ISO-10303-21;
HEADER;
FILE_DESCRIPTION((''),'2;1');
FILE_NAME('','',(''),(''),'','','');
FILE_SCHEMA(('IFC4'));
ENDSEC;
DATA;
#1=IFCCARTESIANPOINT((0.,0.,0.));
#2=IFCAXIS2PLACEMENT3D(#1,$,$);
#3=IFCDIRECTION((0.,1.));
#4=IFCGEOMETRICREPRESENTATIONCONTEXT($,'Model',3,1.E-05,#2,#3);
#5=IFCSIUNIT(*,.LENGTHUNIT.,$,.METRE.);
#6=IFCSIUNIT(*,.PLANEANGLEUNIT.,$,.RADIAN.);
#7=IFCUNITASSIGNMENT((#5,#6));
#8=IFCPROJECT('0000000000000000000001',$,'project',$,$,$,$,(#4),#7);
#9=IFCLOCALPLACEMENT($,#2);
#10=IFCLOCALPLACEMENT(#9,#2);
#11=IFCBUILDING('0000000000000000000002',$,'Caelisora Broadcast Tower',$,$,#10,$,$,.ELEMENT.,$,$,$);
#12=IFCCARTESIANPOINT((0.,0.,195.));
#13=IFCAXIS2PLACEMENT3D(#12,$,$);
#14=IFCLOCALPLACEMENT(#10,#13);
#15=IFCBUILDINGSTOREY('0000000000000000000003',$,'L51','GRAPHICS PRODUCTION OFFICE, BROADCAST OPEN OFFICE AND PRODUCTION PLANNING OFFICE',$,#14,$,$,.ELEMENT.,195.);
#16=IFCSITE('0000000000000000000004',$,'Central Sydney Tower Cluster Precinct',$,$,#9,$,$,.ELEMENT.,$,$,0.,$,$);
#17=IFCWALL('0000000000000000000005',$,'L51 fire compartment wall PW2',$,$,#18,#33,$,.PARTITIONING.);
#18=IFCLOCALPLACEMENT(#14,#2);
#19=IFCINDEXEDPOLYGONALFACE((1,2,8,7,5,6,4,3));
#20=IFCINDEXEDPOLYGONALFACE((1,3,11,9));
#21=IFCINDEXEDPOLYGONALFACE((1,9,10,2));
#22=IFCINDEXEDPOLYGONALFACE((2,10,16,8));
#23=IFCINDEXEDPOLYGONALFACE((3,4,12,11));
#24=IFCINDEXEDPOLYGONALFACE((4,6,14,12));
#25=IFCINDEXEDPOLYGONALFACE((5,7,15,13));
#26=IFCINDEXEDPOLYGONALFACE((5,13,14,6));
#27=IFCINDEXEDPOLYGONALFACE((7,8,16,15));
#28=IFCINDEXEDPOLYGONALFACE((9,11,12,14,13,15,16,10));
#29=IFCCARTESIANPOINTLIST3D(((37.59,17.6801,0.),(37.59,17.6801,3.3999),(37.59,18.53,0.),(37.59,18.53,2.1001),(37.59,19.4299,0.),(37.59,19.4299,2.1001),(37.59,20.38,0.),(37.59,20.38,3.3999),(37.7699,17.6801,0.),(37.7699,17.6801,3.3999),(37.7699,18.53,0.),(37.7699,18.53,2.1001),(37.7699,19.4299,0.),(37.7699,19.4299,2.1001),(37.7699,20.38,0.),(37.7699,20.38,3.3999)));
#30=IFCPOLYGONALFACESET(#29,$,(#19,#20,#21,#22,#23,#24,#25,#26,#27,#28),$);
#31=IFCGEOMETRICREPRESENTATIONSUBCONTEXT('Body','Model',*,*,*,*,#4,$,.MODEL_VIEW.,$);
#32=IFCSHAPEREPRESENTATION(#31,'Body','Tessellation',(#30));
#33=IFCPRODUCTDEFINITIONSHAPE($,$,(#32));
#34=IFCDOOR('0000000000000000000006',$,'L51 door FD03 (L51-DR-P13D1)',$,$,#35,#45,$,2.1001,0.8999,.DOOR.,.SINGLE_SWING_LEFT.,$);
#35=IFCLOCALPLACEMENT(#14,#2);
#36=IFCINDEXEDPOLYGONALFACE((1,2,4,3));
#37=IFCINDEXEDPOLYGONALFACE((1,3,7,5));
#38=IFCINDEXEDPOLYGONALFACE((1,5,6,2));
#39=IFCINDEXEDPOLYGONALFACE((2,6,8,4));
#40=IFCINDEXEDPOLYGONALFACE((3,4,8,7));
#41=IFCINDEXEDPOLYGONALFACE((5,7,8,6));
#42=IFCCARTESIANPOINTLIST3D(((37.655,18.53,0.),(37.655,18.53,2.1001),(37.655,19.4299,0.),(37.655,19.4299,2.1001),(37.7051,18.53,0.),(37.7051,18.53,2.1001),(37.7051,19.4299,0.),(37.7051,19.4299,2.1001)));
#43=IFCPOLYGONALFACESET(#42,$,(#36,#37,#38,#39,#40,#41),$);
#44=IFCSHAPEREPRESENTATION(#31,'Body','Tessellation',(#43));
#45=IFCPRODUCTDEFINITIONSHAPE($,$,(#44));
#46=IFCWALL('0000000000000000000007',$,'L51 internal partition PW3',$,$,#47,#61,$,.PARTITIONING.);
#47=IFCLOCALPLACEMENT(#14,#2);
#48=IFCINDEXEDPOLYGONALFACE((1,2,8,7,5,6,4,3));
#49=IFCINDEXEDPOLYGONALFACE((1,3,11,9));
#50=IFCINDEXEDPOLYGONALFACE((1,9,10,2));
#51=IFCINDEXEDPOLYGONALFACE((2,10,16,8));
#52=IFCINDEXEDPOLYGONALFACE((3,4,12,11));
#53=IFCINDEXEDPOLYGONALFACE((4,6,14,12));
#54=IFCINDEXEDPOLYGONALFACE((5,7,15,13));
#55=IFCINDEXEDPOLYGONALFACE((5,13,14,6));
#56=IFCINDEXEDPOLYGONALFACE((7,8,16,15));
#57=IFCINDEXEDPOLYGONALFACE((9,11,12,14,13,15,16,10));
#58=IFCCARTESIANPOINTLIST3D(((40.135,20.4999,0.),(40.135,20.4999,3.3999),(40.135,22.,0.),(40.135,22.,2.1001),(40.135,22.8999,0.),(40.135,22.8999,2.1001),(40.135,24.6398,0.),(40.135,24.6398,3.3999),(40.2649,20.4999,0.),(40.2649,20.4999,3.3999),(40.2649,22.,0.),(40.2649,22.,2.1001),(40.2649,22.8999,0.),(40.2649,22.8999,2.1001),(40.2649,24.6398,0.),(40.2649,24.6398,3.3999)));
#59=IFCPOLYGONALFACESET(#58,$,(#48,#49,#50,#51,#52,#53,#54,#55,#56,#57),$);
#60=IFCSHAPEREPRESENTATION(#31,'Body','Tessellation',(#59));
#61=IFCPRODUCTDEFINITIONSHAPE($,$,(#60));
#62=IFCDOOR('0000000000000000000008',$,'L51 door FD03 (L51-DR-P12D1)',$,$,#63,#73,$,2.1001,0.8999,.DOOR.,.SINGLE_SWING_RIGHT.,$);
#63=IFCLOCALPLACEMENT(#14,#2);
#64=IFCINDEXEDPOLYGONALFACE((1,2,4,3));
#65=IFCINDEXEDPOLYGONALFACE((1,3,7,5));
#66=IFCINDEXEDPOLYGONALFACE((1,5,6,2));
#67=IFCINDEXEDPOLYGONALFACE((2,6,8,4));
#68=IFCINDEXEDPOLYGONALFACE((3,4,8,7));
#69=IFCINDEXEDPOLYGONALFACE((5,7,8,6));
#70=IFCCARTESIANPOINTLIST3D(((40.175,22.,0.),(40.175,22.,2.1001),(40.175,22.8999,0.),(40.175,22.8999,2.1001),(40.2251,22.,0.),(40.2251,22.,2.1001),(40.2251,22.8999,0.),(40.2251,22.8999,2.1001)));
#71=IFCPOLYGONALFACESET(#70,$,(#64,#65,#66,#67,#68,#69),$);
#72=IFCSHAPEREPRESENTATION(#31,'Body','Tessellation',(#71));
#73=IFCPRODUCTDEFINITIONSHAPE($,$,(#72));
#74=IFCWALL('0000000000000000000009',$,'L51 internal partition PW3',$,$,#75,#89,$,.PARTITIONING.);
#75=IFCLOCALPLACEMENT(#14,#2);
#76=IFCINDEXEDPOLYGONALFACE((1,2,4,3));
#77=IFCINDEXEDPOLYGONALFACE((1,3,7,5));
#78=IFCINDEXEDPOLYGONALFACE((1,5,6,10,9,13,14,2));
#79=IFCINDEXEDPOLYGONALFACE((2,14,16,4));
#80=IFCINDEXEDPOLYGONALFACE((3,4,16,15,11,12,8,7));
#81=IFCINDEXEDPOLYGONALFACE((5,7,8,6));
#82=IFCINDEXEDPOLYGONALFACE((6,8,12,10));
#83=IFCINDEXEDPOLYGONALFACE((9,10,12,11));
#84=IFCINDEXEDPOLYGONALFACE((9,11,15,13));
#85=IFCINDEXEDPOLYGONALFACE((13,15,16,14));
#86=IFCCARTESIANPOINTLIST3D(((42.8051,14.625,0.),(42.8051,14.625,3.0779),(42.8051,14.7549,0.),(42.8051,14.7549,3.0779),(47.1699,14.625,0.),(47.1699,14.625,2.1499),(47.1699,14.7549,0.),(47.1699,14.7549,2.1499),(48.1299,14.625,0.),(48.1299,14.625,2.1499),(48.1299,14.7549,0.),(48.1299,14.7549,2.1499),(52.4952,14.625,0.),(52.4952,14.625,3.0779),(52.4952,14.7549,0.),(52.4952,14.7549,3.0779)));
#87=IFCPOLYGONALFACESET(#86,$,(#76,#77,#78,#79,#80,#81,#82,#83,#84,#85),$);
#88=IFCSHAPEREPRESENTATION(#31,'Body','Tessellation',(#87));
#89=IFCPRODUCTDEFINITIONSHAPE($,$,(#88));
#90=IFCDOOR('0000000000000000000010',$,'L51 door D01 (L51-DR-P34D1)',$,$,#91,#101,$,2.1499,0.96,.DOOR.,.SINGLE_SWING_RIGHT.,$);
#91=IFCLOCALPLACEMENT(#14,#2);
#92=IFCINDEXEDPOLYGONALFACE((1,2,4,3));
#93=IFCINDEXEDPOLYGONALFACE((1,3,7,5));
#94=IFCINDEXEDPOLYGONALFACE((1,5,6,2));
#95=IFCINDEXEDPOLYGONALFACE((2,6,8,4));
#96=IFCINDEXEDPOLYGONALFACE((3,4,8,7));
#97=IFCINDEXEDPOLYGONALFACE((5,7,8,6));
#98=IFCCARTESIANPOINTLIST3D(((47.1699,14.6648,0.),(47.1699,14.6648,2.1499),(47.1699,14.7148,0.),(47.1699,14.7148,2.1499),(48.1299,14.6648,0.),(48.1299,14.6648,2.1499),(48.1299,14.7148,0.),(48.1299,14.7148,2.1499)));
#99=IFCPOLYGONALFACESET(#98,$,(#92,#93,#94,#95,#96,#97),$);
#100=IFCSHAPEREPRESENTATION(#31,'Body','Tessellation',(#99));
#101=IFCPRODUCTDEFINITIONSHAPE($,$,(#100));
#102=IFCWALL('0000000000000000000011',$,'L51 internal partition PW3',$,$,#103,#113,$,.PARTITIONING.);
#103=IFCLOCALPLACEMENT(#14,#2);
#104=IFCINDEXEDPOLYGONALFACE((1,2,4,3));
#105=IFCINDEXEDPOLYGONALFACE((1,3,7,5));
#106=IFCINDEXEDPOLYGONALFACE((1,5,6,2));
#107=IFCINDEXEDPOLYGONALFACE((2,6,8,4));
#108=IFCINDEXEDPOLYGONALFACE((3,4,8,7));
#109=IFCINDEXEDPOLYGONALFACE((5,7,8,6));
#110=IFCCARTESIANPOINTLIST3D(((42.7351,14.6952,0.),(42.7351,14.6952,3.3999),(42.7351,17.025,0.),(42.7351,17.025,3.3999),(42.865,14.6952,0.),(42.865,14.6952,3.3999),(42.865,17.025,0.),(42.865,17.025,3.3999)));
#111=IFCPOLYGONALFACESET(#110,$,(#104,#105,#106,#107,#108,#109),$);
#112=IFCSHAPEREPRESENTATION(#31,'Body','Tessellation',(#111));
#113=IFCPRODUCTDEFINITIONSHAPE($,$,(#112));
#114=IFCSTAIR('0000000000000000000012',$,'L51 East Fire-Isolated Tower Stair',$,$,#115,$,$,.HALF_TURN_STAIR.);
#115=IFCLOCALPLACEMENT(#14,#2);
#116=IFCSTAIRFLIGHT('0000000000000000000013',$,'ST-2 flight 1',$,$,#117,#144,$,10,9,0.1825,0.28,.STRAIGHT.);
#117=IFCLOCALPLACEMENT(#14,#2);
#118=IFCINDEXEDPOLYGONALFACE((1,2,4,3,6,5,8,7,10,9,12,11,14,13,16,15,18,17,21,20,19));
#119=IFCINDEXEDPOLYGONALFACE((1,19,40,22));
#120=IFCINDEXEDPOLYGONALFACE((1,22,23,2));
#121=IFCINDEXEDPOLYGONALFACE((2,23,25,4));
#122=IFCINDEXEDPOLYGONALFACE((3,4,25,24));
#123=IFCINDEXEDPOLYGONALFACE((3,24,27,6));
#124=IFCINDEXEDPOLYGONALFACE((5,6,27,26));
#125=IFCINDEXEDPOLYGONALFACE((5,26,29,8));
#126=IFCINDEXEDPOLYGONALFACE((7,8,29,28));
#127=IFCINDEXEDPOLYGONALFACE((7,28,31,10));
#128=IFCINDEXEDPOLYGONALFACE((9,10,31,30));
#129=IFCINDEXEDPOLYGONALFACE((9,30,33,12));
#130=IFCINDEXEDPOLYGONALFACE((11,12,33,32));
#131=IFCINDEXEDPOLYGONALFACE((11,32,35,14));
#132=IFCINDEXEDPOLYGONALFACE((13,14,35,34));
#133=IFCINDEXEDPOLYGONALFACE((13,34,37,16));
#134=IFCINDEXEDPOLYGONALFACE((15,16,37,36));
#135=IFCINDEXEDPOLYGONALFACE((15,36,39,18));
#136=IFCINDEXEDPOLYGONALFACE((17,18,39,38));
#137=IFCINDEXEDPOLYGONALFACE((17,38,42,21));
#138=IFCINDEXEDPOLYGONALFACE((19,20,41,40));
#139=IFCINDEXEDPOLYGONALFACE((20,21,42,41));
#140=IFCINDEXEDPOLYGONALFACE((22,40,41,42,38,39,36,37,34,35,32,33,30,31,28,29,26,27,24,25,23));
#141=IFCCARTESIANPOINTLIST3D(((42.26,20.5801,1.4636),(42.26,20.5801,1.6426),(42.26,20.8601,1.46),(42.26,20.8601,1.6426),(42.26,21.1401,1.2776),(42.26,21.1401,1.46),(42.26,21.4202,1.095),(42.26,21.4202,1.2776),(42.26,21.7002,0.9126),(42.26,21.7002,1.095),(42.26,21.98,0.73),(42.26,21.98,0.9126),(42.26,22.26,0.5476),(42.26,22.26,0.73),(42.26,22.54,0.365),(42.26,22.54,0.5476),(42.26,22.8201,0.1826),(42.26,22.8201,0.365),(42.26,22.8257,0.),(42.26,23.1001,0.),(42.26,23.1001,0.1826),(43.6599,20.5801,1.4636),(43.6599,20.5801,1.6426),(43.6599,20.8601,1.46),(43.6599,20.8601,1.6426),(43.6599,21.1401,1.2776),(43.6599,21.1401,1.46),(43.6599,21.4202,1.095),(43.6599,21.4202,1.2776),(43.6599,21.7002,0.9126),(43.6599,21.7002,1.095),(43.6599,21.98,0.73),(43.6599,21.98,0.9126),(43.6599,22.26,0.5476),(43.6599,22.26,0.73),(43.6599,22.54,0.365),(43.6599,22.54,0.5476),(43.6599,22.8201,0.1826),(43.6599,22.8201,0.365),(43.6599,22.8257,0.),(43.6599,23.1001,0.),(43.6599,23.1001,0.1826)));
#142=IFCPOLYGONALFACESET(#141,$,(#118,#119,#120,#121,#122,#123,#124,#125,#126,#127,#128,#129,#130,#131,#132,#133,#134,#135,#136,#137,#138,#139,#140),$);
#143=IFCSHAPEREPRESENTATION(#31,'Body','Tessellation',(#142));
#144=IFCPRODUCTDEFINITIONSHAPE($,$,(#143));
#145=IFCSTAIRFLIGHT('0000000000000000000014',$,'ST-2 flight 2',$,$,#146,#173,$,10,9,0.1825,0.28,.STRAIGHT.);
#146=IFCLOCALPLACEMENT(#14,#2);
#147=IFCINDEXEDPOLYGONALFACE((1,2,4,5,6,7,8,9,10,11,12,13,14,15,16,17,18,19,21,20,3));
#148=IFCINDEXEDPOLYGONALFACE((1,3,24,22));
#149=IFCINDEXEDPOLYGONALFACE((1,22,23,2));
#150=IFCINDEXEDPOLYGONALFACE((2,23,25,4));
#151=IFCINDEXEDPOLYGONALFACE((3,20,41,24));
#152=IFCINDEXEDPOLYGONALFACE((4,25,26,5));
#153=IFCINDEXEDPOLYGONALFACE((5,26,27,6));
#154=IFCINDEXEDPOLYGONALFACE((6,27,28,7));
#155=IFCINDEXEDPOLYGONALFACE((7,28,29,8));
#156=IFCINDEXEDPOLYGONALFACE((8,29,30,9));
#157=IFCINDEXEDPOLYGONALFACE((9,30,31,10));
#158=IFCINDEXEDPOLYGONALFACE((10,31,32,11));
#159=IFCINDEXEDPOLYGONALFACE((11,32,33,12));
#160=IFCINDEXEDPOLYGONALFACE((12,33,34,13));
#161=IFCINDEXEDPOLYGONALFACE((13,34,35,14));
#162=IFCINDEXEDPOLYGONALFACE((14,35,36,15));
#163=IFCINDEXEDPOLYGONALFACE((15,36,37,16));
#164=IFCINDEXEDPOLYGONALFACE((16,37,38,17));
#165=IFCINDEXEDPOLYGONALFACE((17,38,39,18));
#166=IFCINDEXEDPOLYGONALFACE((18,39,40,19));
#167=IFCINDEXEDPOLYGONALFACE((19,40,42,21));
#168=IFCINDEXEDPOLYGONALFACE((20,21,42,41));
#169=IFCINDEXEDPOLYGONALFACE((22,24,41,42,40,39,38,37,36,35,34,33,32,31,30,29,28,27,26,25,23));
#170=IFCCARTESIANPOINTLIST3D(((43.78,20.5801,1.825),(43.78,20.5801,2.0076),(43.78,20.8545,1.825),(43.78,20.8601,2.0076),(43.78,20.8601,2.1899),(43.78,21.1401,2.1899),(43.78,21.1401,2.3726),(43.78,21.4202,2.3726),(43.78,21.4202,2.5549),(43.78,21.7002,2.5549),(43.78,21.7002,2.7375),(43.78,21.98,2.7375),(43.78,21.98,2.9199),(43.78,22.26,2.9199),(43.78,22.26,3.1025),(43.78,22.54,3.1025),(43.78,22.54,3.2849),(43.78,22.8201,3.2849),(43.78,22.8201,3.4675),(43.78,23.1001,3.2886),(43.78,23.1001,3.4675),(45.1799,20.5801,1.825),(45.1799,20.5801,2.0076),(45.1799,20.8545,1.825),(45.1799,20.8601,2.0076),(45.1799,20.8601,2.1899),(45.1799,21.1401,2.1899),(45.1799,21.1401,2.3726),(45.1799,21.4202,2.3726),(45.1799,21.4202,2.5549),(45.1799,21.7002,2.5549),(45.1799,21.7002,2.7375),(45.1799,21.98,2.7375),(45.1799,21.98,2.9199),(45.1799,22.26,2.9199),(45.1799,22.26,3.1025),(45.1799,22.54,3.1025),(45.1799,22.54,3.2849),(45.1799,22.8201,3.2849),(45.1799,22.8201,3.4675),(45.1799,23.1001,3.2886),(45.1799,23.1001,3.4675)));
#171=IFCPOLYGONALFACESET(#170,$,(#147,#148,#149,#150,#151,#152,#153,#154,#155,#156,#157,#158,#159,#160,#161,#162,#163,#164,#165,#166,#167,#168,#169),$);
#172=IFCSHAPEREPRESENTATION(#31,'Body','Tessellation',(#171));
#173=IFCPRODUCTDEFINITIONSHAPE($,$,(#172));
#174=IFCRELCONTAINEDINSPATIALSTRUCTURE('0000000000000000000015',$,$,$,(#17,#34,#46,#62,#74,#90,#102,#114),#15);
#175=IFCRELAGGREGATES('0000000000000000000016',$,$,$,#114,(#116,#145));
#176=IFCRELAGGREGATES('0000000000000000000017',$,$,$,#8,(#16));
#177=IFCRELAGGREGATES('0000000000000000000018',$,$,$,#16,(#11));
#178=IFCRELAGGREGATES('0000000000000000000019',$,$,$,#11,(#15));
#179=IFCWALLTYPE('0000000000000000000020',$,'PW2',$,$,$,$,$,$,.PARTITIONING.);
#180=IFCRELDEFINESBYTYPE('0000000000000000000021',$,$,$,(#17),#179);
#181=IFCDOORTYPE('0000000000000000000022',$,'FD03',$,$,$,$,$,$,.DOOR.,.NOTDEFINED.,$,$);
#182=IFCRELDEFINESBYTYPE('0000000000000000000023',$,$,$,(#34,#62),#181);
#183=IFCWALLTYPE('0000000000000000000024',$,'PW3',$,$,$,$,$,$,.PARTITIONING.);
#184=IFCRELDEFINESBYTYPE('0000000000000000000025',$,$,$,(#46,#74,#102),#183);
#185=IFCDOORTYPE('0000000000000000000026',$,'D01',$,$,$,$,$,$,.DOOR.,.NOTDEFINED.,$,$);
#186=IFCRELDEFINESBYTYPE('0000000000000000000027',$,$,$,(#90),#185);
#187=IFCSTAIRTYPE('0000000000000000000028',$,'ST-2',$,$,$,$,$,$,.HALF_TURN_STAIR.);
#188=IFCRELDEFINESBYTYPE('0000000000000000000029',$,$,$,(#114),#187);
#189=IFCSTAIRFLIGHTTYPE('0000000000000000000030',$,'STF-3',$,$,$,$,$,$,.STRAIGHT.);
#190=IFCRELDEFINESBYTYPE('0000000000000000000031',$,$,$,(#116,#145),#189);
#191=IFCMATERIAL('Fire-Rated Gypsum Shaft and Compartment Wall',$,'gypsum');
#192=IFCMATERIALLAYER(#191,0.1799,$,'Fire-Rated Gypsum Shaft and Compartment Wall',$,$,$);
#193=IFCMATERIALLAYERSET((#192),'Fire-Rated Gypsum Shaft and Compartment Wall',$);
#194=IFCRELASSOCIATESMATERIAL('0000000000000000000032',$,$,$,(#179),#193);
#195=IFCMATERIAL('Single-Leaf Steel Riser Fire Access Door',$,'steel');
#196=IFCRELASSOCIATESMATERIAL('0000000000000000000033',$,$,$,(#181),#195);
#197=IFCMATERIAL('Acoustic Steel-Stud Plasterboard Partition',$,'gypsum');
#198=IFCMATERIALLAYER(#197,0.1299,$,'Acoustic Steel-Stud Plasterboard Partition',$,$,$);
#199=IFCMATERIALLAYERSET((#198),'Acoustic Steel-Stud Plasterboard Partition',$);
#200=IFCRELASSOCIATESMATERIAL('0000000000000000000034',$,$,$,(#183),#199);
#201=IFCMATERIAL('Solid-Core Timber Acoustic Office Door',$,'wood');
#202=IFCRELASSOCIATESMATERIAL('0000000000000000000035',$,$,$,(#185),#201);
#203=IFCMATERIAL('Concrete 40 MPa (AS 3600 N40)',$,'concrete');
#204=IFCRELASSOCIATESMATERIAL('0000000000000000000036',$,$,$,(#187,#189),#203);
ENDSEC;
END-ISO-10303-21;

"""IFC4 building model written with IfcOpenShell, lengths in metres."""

from ifc_helpers import new_model, si_unit, direction, frame, frame_2d, origin, place, context, subcontext, project, spatial, polyline, rectangle, outline, extrude, material, layer, layer_set, type_object, element, fill, aggregate, save


model = new_model("IFC4")

# Units and contexts
model_context = context("Model", 3, precision=1e-05, world=origin(), true_north=direction((0.0, 1.0)))
body_context = subcontext(model_context, "Body", "Model", "MODEL_VIEW")
ifc_project = project(units=[si_unit("LENGTHUNIT", "METRE"), si_unit("PLANEANGLEUNIT", "RADIAN")], contexts=[model_context])

# Site, building, storey
site_placement = place(None, origin())
site = spatial("IfcSite", under=ifc_project, at=site_placement, Name="Central Sydney Tower Cluster Precinct", CompositionType="ELEMENT", RefElevation=0.0)
building_placement = place(site_placement, origin())
building = spatial("IfcBuilding", under=site, at=building_placement, Name="Caelisora Broadcast Tower", CompositionType="ELEMENT")
storey_placement = place(building_placement, frame((0.0, 0.0, 195.0)))
storey = spatial("IfcBuildingStorey", under=building, at=storey_placement, Name="L51", Description="GRAPHICS PRODUCTION OFFICE, BROADCAST OPEN OFFICE AND PRODUCTION PLANNING OFFICE", CompositionType="ELEMENT", Elevation=195.0)

# Shared definitions
ifc_material_1 = material(Name="Fire-Rated Gypsum Shaft and Compartment Wall", Category="gypsum")
ifc_layer_1 = layer(ifc_material_1, 0.1799, Name="Fire-Rated Gypsum Shaft and Compartment Wall")
ifc_layer_set_1 = layer_set([ifc_layer_1], Name="Fire-Rated Gypsum Shaft and Compartment Wall")
wall_type_1 = type_object("IfcWallType", Name="PW2", PredefinedType="PARTITIONING", material=ifc_layer_set_1)

# Walls, openings, doors
wall_1_placement = place(storey_placement, frame((37.6799, 17.6799, 0.0), z_axis=(0.0, 0.0, 1.0), x_axis=(0.0, 1.0, 0.0)))
wall_1 = element("IfcWall", 1, at=wall_1_placement, inside=storey, type_object=wall_type_1, Name="L51 fire compartment wall PW2", PredefinedType="PARTITIONING", context=body_context, shape_type="SweptSolid", body=[
    extrude(rectangle(XDim=2.7, YDim=0.1799, at=frame_2d((1.3501, 0.0))), origin(), (0.0, 0.0, 1.0), 3.3999),
])
opening_1_placement = place(wall_1_placement, frame((0.8501, 0.0, 0.0)))
opening_1 = element("IfcOpeningElement", 2, at=opening_1_placement, cuts=wall_1, PredefinedType="OPENING", context=body_context, shape_type="SweptSolid", body=[
    extrude(rectangle(XDim=0.8999, YDim=2.1001, at=frame_2d((0.45, 1.05))), frame((0.0, 0.1021, 0.0), z_axis=(0.0, -1.0, 0.0), x_axis=(1.0, 0.0, 0.0)), (0.0, 0.0, 1.0), 0.2039),
])
ifc_material_2 = material(Name="Single-Leaf Steel Riser Fire Access Door", Category="steel")
door_type_1 = type_object("IfcDoorType", Name="FD03", OperationType="NOTDEFINED", PredefinedType="DOOR", material=ifc_material_2)
door_1_placement = place(opening_1_placement, origin())
door_1 = element("IfcDoor", 3, at=door_1_placement, inside=storey, type_object=door_type_1, Name="L51 door FD03 (L51-DR-P13D1)", OperationType="SINGLE_SWING_LEFT", OverallHeight=2.1001, OverallWidth=0.8999, PredefinedType="DOOR", context=body_context, shape_type="SweptSolid", body=[
    extrude(rectangle(XDim=0.8999, YDim=2.1001, at=frame_2d((0.45, 1.05))), frame((0.0, 0.0249, 0.0), z_axis=(0.0, -1.0, 0.0), x_axis=(1.0, 0.0, 0.0)), (0.0, 0.0, 1.0), 0.05),
])
fill(opening_1, door_1)
ifc_material_3 = material(Name="Acoustic Steel-Stud Plasterboard Partition", Category="gypsum")
ifc_layer_2 = layer(ifc_material_3, 0.1299, Name="Acoustic Steel-Stud Plasterboard Partition")
ifc_layer_set_2 = layer_set([ifc_layer_2], Name="Acoustic Steel-Stud Plasterboard Partition")
wall_type_2 = type_object("IfcWallType", Name="PW3", PredefinedType="PARTITIONING", material=ifc_layer_set_2)
wall_2_placement = place(storey_placement, frame((40.2, 20.5, 0.0), z_axis=(0.0, 0.0, 1.0), x_axis=(0.0, 1.0, 0.0)))
wall_2 = element("IfcWall", 4, at=wall_2_placement, inside=storey, type_object=wall_type_2, Name="L51 internal partition PW3", PredefinedType="PARTITIONING", context=body_context, shape_type="SweptSolid", body=[
    extrude(rectangle(XDim=4.1399, YDim=0.1299, at=frame_2d((2.0698, 0.0))), origin(), (0.0, 0.0, 1.0), 3.3999),
])
opening_2_placement = place(wall_2_placement, frame((1.5, 0.0, 0.0)))
opening_2 = element("IfcOpeningElement", 5, at=opening_2_placement, cuts=wall_2, PredefinedType="OPENING", context=body_context, shape_type="SweptSolid", body=[
    extrude(rectangle(XDim=0.8999, YDim=2.1001, at=frame_2d((0.45, 1.05))), frame((0.0, 0.0769, 0.0), z_axis=(0.0, -1.0, 0.0), x_axis=(1.0, 0.0, 0.0)), (0.0, 0.0, 1.0), 0.1538),
])
door_2_placement = place(opening_2_placement, origin())
door_2 = element("IfcDoor", 6, at=door_2_placement, inside=storey, type_object=door_type_1, Name="L51 door FD03 (L51-DR-P12D1)", OperationType="SINGLE_SWING_RIGHT", OverallHeight=2.1001, OverallWidth=0.8999, PredefinedType="DOOR", context=body_context, shape_type="SweptSolid", body=[
    extrude(rectangle(XDim=0.8999, YDim=2.1001, at=frame_2d((0.45, 1.05))), frame((0.0, 0.0249, 0.0), z_axis=(0.0, -1.0, 0.0), x_axis=(1.0, 0.0, 0.0)), (0.0, 0.0, 1.0), 0.05),
])
fill(opening_2, door_2)
wall_3_placement = place(storey_placement, frame((42.8049, 14.6899, 0.0), z_axis=(0.0, 0.0, 1.0), x_axis=(1.0, 0.0, 0.0)))
wall_3 = element("IfcWall", 7, at=wall_3_placement, inside=storey, type_object=wall_type_2, Name="L51 internal partition PW3", PredefinedType="PARTITIONING", context=body_context, shape_type="SweptSolid", body=[
    extrude(rectangle(XDim=9.6902, YDim=0.1299, at=frame_2d((4.8452, 0.0))), origin(), (0.0, 0.0, 1.0), 3.0779),
])
opening_3_placement = place(wall_3_placement, frame((4.365, 0.0, 0.0)))
opening_3 = element("IfcOpeningElement", 8, at=opening_3_placement, cuts=wall_3, PredefinedType="OPENING", context=body_context, shape_type="SweptSolid", body=[
    extrude(rectangle(XDim=0.96, YDim=2.1499, at=frame_2d((0.48, 1.075))), frame((0.0, 0.0769, 0.0), z_axis=(0.0, -1.0, 0.0), x_axis=(1.0, 0.0, 0.0)), (0.0, 0.0, 1.0), 0.1538),
])
ifc_material_4 = material(Name="Solid-Core Timber Acoustic Office Door", Category="wood")
door_type_2 = type_object("IfcDoorType", Name="D01", OperationType="NOTDEFINED", PredefinedType="DOOR", material=ifc_material_4)
door_3_placement = place(opening_3_placement, origin())
door_3 = element("IfcDoor", 9, at=door_3_placement, inside=storey, type_object=door_type_2, Name="L51 door D01 (L51-DR-P34D1)", OperationType="SINGLE_SWING_RIGHT", OverallHeight=2.1499, OverallWidth=0.96, PredefinedType="DOOR", context=body_context, shape_type="SweptSolid", body=[
    extrude(rectangle(XDim=0.96, YDim=2.1499, at=frame_2d((0.48, 1.075))), frame((0.0, 0.0249, 0.0), z_axis=(0.0, -1.0, 0.0), x_axis=(1.0, 0.0, 0.0)), (0.0, 0.0, 1.0), 0.05),
])
fill(opening_3, door_3)

# Wall
wall_4_placement = place(storey_placement, frame((42.8, 14.6951, 0.0), z_axis=(0.0, 0.0, 1.0), x_axis=(0.0, 1.0, 0.0)))
element("IfcWall", 10, at=wall_4_placement, inside=storey, type_object=wall_type_2, Name="L51 internal partition PW3", PredefinedType="PARTITIONING", context=body_context, shape_type="SweptSolid", body=[
    extrude(rectangle(XDim=2.3298, YDim=0.1299, at=frame_2d((1.165, 0.0))), origin(), (0.0, 0.0, 1.0), 3.3999),
])

# Stair, stair flights
ifc_material_5 = material(Name="Concrete 40 MPa (AS 3600 N40)", Category="concrete")
stair_type = type_object("IfcStairType", Name="ST-2", PredefinedType="HALF_TURN_STAIR", material=ifc_material_5)
stair_placement = place(storey_placement, origin())
stair = element("IfcStair", 11, at=stair_placement, inside=storey, type_object=stair_type, Name="L51 East Fire-Isolated Tower Stair", PredefinedType="HALF_TURN_STAIR")
stair_flight_type = type_object("IfcStairFlightType", Name="STF-3", PredefinedType="STRAIGHT", material=ifc_material_5)
stair_flight_1_placement = place(storey_placement, frame((42.96, 23.1001, 0.0), z_axis=(0.0, 0.0, 1.0), x_axis=(0.0, -1.0, 0.0)))
stair_flight_1 = element("IfcStairFlight", 12, at=stair_flight_1_placement, type_object=stair_flight_type, Name="ST-2 flight 1", NumberOfRisers=10, NumberOfTreads=9, PredefinedType="STRAIGHT", RiserHeight=0.1825, TreadLength=0.28, context=body_context, shape_type="SweptSolid", body=[
    extrude(outline(polyline([(0.0, 0.0), (0.0, 0.1826), (0.28, 0.1826), (0.28, 0.365), (0.5601, 0.365), (0.5601, 0.5476), (0.8401, 0.5476), (0.8401, 0.73), (1.1201, 0.73), (1.1201, 0.9126), (1.3999, 0.9126), (1.3999, 1.095), (1.6799, 1.095), (1.6799, 1.2776), (1.96, 1.2776), (1.96, 1.46), (2.24, 1.46), (2.24, 1.6426), (2.52, 1.6426), (2.52, 1.825), (2.52, 1.4636), (0.2744, 0.0), (0.0, 0.0)])), frame((0.0, 0.7, 0.0), z_axis=(0.0, -1.0, 0.0), x_axis=(1.0, 0.0, 0.0)), (0.0, 0.0, 1.0), 1.3999),
])
stair_flight_2_placement = place(storey_placement, frame((44.48, 20.5801, 1.825), z_axis=(0.0, 0.0, 1.0), x_axis=(0.0, 1.0, 0.0)))
stair_flight_2 = element("IfcStairFlight", 13, at=stair_flight_2_placement, type_object=stair_flight_type, Name="ST-2 flight 2", NumberOfRisers=10, NumberOfTreads=9, PredefinedType="STRAIGHT", RiserHeight=0.1825, TreadLength=0.28, context=body_context, shape_type="SweptSolid", body=[
    extrude(outline(polyline([(0.0, 0.0), (0.0, 0.1826), (0.28, 0.1826), (0.28, 0.365), (0.5601, 0.365), (0.5601, 0.5476), (0.8401, 0.5476), (0.8401, 0.73), (1.1201, 0.73), (1.1201, 0.9126), (1.3999, 0.9126), (1.3999, 1.095), (1.6799, 1.095), (1.6799, 1.2776), (1.96, 1.2776), (1.96, 1.46), (2.24, 1.46), (2.24, 1.6426), (2.52, 1.6426), (2.52, 1.825), (2.52, 1.4636), (0.2744, 0.0), (0.0, 0.0)])), frame((0.0, 0.7, 0.0), z_axis=(0.0, -1.0, 0.0), x_axis=(1.0, 0.0, 0.0)), (0.0, 0.0, 1.0), 1.3999),
])
aggregate(stair, [stair_flight_1, stair_flight_2])

save(model, "model.ifc")
